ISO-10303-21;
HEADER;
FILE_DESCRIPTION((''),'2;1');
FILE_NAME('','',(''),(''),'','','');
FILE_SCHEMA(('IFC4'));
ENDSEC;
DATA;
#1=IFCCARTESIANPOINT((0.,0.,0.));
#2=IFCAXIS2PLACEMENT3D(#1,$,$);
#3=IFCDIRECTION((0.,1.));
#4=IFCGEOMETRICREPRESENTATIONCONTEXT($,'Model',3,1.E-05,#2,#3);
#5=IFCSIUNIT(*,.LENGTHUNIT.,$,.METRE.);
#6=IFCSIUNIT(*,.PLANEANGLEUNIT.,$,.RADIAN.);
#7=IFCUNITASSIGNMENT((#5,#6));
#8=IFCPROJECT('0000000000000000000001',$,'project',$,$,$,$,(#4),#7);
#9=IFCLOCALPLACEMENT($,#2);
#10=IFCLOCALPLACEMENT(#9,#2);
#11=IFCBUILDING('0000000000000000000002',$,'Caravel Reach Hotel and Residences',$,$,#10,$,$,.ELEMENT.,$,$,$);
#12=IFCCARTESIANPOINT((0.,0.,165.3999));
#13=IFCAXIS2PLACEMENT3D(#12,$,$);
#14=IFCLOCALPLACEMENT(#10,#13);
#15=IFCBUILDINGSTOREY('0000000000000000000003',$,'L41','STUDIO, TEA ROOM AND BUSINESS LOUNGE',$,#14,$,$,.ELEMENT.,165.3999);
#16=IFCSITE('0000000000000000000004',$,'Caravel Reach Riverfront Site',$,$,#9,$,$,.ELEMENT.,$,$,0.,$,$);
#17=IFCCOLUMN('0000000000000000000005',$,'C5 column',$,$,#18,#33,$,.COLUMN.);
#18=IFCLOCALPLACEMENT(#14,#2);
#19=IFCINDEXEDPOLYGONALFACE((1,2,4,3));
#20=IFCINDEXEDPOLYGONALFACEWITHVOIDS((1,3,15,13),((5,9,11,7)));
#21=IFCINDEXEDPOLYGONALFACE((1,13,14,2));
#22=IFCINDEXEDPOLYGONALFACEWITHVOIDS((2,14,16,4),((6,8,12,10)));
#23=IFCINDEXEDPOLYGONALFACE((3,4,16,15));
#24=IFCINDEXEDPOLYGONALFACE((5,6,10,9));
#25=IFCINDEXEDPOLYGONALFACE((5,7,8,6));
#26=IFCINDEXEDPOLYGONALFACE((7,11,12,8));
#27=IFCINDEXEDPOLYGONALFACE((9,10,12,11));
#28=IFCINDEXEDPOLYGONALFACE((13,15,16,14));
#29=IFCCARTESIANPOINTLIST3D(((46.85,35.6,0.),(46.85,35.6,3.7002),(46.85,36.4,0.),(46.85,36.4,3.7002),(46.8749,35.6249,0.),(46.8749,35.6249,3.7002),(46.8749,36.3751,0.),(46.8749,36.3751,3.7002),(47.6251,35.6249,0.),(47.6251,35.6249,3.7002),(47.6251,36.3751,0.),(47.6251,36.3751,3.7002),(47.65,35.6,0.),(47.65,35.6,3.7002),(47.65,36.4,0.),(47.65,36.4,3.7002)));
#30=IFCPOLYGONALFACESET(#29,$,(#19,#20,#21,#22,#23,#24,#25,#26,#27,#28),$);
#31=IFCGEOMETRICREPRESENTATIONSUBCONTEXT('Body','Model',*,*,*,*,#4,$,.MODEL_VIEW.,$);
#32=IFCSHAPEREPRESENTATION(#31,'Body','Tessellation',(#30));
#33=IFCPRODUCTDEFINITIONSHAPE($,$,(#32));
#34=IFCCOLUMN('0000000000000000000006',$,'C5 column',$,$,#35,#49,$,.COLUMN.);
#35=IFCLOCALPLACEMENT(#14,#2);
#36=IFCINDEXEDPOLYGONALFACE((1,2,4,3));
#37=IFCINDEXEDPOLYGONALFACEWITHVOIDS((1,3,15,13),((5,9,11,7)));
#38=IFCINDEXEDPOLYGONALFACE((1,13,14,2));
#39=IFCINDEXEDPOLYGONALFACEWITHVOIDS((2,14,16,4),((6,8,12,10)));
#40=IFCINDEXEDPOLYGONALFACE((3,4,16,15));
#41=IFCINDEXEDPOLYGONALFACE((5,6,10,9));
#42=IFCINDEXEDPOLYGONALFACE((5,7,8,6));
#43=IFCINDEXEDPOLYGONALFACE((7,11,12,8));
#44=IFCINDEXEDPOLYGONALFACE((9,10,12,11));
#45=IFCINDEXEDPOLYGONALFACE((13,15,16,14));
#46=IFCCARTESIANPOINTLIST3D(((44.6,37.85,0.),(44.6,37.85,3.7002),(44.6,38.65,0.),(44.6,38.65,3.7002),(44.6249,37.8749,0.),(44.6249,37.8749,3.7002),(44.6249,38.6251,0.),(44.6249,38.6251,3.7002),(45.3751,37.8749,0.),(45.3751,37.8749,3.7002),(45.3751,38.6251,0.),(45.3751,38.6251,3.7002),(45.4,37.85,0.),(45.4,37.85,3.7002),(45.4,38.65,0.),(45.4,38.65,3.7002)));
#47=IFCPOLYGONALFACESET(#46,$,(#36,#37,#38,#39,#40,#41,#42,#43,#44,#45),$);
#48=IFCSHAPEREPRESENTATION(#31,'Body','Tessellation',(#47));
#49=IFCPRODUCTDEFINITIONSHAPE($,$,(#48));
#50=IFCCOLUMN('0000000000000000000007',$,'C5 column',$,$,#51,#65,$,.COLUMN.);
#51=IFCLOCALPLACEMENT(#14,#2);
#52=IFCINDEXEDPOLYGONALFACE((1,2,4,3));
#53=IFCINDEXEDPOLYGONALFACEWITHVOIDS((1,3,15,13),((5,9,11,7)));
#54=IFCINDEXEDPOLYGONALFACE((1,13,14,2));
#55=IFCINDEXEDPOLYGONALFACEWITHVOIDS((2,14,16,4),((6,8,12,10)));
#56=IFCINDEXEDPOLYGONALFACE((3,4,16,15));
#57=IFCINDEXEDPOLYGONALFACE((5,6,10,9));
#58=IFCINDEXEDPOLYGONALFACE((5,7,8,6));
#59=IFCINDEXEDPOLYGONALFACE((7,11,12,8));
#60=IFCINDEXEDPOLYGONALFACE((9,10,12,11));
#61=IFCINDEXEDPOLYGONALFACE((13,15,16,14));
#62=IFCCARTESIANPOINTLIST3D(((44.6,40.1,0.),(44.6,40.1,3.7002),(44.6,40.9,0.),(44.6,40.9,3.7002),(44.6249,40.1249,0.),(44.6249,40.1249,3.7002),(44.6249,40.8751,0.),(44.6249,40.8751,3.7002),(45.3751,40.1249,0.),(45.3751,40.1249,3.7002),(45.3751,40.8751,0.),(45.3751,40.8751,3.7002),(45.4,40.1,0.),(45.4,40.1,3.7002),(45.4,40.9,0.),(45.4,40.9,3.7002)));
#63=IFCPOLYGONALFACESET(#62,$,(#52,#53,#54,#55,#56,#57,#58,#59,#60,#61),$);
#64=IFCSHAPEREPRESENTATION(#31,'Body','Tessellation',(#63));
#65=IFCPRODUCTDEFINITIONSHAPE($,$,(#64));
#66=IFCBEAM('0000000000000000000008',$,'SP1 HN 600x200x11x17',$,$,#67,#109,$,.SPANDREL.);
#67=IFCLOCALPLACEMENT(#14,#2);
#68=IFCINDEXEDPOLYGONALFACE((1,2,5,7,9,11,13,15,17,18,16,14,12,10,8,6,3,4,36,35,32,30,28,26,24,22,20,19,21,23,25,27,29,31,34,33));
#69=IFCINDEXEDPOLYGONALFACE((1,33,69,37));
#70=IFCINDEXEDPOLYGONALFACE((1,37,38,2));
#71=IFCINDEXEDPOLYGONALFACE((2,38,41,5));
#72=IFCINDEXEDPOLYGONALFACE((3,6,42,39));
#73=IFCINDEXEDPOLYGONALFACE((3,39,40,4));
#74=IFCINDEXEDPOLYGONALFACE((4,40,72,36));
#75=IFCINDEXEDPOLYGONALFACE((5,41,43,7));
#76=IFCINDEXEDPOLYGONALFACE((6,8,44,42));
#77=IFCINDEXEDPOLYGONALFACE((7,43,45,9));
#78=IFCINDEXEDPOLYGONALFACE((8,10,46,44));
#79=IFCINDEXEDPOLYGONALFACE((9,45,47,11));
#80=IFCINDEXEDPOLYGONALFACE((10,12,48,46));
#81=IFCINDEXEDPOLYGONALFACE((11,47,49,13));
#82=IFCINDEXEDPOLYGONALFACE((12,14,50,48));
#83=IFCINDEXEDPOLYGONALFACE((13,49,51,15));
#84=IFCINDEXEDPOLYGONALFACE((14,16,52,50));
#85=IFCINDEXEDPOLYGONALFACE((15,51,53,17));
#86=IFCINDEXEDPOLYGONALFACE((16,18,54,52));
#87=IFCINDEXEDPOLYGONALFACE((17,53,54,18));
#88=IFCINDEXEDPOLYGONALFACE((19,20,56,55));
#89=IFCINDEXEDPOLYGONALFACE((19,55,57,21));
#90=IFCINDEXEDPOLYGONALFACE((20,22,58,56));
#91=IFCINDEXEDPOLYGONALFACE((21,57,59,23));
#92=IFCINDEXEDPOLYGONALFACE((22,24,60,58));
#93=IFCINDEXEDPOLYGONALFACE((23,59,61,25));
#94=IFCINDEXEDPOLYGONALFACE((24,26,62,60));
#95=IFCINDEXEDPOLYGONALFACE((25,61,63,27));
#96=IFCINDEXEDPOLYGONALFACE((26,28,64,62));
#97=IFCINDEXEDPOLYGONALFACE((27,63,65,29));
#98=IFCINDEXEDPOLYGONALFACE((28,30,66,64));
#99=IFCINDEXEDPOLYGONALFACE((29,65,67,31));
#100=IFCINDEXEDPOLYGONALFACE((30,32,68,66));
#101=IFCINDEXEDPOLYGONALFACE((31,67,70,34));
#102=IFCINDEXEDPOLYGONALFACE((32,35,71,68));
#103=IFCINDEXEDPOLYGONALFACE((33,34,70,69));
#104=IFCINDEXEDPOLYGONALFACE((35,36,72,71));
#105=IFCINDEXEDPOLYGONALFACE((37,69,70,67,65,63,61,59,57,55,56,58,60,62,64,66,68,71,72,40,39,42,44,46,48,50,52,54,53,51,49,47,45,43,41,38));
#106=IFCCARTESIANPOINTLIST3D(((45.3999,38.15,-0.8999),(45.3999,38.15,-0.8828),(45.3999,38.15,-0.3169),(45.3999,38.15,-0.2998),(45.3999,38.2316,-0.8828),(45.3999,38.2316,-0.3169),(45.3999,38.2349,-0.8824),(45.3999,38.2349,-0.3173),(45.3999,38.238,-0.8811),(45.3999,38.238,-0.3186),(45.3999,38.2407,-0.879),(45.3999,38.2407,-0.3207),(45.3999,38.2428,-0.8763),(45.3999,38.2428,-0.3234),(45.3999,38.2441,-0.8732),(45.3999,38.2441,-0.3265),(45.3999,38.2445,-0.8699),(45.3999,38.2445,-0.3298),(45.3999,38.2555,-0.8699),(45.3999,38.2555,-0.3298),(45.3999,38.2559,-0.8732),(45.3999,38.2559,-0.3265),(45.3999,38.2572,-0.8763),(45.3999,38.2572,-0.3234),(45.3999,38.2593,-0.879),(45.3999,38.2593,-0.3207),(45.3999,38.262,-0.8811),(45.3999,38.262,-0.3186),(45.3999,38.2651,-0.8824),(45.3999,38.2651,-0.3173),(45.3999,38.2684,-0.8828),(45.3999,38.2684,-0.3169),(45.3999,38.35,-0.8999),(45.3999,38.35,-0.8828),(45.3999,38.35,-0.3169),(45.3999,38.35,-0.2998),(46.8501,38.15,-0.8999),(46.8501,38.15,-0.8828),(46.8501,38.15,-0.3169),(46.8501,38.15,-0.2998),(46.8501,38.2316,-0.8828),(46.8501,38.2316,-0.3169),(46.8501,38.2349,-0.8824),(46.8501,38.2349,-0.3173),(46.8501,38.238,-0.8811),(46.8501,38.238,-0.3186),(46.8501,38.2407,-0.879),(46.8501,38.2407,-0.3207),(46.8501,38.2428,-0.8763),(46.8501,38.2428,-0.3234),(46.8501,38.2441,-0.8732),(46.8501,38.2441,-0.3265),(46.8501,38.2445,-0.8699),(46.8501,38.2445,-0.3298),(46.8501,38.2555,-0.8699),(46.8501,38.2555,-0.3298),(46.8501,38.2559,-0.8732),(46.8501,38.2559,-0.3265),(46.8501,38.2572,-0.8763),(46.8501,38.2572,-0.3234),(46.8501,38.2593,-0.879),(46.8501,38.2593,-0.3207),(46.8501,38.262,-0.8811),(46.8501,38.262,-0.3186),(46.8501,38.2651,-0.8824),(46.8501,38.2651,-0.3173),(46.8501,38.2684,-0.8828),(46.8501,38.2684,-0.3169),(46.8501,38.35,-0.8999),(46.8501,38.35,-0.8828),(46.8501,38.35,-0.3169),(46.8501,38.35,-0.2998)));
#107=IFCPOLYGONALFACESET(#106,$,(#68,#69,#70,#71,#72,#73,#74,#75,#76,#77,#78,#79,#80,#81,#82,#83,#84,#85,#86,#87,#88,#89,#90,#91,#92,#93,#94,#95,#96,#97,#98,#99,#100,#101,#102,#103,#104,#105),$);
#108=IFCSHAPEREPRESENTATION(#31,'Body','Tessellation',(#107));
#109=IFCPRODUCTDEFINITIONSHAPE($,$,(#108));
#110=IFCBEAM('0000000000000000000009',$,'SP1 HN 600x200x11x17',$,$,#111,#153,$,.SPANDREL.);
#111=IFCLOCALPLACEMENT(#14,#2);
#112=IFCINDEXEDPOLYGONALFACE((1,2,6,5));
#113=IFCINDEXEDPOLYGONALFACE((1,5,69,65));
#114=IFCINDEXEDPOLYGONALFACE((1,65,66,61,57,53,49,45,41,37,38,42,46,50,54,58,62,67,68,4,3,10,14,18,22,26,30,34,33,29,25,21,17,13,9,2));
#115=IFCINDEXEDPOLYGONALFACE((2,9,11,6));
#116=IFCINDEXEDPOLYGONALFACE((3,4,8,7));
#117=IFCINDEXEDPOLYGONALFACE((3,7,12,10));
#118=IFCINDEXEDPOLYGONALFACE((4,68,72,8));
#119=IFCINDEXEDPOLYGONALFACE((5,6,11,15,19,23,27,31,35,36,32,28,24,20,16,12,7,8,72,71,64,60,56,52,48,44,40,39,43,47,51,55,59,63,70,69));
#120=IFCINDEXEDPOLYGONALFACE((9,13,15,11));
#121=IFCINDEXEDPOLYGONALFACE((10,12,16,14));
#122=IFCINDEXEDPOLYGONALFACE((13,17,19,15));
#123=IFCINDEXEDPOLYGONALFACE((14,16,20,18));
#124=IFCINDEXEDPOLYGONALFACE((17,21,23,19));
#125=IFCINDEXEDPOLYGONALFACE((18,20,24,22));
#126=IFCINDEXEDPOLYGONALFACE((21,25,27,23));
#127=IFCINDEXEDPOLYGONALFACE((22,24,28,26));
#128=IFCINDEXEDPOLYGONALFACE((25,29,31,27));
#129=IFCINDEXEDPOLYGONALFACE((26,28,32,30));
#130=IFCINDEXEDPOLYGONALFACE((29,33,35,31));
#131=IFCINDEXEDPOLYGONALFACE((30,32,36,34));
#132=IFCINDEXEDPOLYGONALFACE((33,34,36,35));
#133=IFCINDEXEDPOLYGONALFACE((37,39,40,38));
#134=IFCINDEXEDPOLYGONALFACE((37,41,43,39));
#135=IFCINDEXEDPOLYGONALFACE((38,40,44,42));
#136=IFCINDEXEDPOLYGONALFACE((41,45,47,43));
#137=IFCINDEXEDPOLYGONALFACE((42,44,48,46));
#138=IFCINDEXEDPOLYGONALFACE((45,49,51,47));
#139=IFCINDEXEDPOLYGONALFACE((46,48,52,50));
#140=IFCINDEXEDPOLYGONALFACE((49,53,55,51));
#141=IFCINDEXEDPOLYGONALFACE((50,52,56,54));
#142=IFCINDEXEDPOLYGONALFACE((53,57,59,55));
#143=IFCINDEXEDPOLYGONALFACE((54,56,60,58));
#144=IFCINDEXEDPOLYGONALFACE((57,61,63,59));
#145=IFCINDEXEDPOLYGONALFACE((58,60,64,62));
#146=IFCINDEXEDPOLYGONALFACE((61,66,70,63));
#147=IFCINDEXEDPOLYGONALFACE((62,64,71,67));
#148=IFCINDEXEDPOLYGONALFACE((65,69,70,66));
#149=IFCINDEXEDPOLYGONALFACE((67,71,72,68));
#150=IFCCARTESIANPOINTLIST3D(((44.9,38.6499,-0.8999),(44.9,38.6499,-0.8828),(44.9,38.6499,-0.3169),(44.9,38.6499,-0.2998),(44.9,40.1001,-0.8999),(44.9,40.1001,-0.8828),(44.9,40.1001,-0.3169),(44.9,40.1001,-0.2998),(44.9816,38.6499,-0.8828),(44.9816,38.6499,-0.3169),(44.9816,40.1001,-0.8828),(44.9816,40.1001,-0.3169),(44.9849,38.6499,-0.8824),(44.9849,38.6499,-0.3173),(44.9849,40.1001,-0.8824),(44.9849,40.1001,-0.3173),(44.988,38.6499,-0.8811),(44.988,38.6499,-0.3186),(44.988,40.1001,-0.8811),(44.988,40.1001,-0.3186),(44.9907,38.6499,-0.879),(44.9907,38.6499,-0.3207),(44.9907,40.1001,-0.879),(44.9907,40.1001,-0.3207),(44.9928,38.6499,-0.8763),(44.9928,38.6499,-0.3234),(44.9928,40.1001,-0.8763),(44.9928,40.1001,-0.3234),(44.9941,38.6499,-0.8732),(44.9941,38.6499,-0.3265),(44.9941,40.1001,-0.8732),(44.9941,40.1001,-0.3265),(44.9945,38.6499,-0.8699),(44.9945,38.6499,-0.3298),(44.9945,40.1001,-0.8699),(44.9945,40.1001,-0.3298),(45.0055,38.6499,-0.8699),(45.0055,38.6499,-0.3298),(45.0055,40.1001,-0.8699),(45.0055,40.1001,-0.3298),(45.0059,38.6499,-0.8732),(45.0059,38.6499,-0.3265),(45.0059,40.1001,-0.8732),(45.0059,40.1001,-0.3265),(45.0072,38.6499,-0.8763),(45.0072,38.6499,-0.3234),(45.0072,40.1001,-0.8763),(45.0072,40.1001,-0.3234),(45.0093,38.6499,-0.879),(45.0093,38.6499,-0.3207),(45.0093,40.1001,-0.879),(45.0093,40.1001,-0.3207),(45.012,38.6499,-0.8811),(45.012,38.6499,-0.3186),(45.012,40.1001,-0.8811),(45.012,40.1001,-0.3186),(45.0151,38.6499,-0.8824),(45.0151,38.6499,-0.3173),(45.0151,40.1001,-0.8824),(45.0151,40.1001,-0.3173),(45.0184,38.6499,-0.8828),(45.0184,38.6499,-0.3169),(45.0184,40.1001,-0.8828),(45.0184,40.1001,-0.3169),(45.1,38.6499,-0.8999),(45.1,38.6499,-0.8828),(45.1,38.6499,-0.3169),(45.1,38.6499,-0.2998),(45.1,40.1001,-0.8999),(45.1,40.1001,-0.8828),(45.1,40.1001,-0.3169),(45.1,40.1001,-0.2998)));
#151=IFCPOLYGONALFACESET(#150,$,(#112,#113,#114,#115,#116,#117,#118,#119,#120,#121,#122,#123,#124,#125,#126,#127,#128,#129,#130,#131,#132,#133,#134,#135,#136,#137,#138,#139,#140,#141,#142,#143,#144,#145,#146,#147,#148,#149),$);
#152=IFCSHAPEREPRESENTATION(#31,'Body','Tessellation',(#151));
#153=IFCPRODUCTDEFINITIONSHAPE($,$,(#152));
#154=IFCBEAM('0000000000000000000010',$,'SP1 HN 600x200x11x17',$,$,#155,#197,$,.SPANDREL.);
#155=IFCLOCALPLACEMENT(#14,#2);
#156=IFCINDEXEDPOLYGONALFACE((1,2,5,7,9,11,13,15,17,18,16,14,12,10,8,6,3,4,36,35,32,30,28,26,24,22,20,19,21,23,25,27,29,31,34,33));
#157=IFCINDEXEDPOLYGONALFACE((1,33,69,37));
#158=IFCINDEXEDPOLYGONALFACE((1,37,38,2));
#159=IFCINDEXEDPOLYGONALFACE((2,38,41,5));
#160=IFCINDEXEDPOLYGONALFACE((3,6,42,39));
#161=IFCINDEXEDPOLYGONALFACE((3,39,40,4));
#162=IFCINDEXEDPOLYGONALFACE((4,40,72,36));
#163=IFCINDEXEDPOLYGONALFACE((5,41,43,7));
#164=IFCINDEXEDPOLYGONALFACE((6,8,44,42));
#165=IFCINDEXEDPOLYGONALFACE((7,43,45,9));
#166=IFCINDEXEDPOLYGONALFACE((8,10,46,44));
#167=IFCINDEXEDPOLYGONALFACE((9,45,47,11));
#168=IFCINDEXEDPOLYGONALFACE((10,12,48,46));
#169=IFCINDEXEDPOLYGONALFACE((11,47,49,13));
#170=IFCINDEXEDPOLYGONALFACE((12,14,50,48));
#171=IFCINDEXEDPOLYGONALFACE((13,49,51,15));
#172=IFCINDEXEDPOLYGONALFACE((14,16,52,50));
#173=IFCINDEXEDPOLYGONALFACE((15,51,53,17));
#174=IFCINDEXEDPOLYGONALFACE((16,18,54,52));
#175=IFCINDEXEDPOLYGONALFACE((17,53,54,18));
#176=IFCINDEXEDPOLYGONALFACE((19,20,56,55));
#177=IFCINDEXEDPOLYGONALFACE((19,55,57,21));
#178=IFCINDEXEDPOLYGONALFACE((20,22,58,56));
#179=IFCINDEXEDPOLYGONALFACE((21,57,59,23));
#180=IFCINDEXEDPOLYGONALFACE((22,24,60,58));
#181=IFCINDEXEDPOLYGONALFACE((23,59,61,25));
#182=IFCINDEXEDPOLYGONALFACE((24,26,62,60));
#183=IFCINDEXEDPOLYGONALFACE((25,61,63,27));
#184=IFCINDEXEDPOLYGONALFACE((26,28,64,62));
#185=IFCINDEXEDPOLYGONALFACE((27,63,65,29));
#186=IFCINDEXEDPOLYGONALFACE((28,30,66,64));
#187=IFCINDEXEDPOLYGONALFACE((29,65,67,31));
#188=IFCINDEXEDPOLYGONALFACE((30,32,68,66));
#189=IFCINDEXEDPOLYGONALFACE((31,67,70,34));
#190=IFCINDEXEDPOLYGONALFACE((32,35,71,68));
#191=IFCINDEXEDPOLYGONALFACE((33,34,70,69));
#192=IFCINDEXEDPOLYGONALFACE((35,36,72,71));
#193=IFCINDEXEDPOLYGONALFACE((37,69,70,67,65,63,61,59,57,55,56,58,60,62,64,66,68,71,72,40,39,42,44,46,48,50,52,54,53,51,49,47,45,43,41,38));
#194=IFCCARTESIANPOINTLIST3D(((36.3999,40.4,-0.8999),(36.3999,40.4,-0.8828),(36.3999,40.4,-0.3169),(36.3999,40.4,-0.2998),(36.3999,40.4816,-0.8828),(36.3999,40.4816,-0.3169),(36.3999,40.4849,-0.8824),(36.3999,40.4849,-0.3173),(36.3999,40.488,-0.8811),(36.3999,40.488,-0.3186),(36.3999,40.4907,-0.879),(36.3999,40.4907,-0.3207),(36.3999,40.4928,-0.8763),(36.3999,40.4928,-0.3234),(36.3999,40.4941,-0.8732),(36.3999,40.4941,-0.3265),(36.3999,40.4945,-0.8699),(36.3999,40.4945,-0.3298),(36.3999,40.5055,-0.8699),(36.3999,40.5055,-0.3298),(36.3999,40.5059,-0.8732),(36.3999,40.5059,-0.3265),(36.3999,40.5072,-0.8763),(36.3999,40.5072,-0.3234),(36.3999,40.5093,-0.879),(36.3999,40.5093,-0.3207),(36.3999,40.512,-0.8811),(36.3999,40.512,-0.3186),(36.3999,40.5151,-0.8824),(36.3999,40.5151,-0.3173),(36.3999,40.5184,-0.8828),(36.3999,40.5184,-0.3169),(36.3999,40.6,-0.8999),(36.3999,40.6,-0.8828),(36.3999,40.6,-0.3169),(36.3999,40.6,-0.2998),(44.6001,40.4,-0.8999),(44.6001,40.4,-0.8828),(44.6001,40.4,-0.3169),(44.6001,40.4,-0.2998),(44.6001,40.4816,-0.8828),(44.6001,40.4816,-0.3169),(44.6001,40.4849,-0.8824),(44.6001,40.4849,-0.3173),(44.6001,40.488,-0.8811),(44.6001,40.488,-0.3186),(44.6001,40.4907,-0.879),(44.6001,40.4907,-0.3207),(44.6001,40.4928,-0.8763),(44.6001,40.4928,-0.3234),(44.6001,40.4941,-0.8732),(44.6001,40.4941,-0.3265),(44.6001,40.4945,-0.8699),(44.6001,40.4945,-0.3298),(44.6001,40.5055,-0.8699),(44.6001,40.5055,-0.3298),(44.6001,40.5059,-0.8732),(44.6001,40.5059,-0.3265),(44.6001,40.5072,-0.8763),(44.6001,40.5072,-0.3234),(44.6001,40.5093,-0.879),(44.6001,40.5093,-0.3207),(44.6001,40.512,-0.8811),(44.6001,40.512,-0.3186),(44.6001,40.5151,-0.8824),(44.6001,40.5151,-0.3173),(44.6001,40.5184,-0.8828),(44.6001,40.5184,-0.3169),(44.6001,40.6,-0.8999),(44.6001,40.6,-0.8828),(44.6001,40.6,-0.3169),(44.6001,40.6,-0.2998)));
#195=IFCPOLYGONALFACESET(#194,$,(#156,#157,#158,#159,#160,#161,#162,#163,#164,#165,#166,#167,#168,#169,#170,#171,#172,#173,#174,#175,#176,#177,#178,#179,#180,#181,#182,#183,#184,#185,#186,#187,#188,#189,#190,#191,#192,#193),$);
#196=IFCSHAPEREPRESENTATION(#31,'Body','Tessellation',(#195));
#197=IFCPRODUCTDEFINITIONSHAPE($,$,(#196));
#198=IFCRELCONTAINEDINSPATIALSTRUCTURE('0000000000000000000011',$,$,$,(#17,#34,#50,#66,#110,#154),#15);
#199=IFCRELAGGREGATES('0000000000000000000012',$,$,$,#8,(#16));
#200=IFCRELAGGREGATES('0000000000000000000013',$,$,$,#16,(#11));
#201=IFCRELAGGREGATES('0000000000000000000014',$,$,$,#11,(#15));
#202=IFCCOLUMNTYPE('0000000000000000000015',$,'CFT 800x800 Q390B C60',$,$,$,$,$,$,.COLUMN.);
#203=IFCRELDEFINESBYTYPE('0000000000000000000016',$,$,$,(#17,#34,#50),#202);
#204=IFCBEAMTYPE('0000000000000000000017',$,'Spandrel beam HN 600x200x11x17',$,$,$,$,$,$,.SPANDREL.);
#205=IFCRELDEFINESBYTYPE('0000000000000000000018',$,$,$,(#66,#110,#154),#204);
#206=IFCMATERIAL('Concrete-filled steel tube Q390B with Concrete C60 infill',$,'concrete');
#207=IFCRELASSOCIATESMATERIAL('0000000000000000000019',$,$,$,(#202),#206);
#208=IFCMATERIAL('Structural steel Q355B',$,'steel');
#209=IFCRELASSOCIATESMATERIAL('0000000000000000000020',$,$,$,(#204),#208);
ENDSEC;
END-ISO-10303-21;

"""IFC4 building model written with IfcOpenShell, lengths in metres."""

from ifc_helpers import new_model, si_unit, direction, frame, origin, origin_2d, place, context, subcontext, project, spatial, hollow_rectangle, i_section, extrude, material, material_profile, profile_set, type_object, element, save


model = new_model("IFC4")

# Units and contexts
model_context = context("Model", 3, precision=1e-05, world=origin(), true_north=direction((0.0, 1.0)))
body_context = subcontext(model_context, "Body", "Model", "MODEL_VIEW")
ifc_project = project(units=[si_unit("LENGTHUNIT", "METRE"), si_unit("PLANEANGLEUNIT", "RADIAN")], contexts=[model_context])

# Site, building, storey
site_placement = place(None, origin())
site = spatial("IfcSite", under=ifc_project, at=site_placement, Name="Caravel Reach Riverfront Site", CompositionType="ELEMENT", RefElevation=0.0)
building_placement = place(site_placement, origin())
building = spatial("IfcBuilding", under=site, at=building_placement, Name="Caravel Reach Hotel and Residences", CompositionType="ELEMENT")
storey_placement = place(building_placement, frame((0.0, 0.0, 165.3999)))
storey = spatial("IfcBuildingStorey", under=building, at=storey_placement, Name="L41", Description="STUDIO, TEA ROOM AND BUSINESS LOUNGE", CompositionType="ELEMENT", Elevation=165.3999)

# Columns
ifc_material_1 = material(Name="Concrete-filled steel tube Q390B with Concrete C60 infill", Category="concrete")
ifc_material_profile_1 = material_profile(ifc_material_1, hollow_rectangle(XDim=0.8, YDim=0.8, WallThickness=0.0249, at=origin_2d()), Name="RHS 800x800x25")
ifc_profile_set_1 = profile_set([ifc_material_profile_1], Name="Concrete-filled steel tube Q390B with Concrete C60 infill")
column_type = type_object("IfcColumnType", Name="CFT 800x800 Q390B C60", PredefinedType="COLUMN", material=ifc_profile_set_1)
for number, where, z_axis, x_axis, name in (
    (1, (47.25, 36.0, 0.0), (0.0, 0.0, 1.0), (1.0, 0.0, 0.0), "C5 column"),
    (2, (45.0, 38.25, 0.0), (0.0, 0.0, 1.0), (1.0, 0.0, 0.0), "C5 column"),
    (3, (45.0, 40.5, 0.0), (0.0, 0.0, 1.0), (1.0, 0.0, 0.0), "C5 column"),
):
    element("IfcColumn", number, at=place(storey_placement, frame(where, z_axis=z_axis, x_axis=x_axis)), inside=storey, type_object=column_type, Name=name, PredefinedType="COLUMN", context=body_context, shape_type="SweptSolid", body=[
        extrude(hollow_rectangle(XDim=0.8, YDim=0.8, WallThickness=0.0249, at=origin_2d()), origin(), (0.0, 0.0, 1.0), 3.7002),
    ])

# Beams
ifc_material_2 = material(Name="Structural steel Q355B", Category="steel")
ifc_material_profile_2 = material_profile(ifc_material_2, i_section(OverallWidth=0.2, OverallDepth=0.6001, WebThickness=0.011, FlangeThickness=0.0171, FilletRadius=0.0129, at=origin_2d()), Name="HN 600x200x11x17")
ifc_profile_set_2 = profile_set([ifc_material_profile_2], Name="Structural steel Q355B")
beam_type = type_object("IfcBeamType", Name="Spandrel beam HN 600x200x11x17", PredefinedType="SPANDREL", material=ifc_profile_set_2)
for number, where, z_axis, x_axis, name in (
    (4, (46.8501, 38.25, -0.5999), (-1.0, 0.0, 0.0), (0.0, -1.0, 0.0), "SP1 HN 600x200x11x17"),
    (5, (45.0, 38.6499, -0.5999), (0.0, 1.0, 0.0), (-1.0, 0.0, 0.0), "SP1 HN 600x200x11x17"),
):
    element("IfcBeam", number, at=place(storey_placement, frame(where, z_axis=z_axis, x_axis=x_axis)), inside=storey, type_object=beam_type, Name=name, PredefinedType="SPANDREL", context=body_context, shape_type="SweptSolid", body=[
        extrude(i_section(OverallWidth=0.2, OverallDepth=0.6001, WebThickness=0.011, FlangeThickness=0.0171, FilletRadius=0.0129, at=origin_2d()), origin(), (0.0, 0.0, 1.0), 1.4502),
    ])
beam_placement = place(storey_placement, frame((44.6001, 40.5, -0.5999), z_axis=(-1.0, 0.0, 0.0), x_axis=(0.0, -1.0, 0.0)))
element("IfcBeam", 6, at=beam_placement, inside=storey, type_object=beam_type, Name="SP1 HN 600x200x11x17", PredefinedType="SPANDREL", context=body_context, shape_type="SweptSolid", body=[
    extrude(i_section(OverallWidth=0.2, OverallDepth=0.6001, WebThickness=0.011, FlangeThickness=0.0171, FilletRadius=0.0129, at=origin_2d()), origin(), (0.0, 0.0, 1.0), 8.2002),
])

save(model, "model.ifc")
